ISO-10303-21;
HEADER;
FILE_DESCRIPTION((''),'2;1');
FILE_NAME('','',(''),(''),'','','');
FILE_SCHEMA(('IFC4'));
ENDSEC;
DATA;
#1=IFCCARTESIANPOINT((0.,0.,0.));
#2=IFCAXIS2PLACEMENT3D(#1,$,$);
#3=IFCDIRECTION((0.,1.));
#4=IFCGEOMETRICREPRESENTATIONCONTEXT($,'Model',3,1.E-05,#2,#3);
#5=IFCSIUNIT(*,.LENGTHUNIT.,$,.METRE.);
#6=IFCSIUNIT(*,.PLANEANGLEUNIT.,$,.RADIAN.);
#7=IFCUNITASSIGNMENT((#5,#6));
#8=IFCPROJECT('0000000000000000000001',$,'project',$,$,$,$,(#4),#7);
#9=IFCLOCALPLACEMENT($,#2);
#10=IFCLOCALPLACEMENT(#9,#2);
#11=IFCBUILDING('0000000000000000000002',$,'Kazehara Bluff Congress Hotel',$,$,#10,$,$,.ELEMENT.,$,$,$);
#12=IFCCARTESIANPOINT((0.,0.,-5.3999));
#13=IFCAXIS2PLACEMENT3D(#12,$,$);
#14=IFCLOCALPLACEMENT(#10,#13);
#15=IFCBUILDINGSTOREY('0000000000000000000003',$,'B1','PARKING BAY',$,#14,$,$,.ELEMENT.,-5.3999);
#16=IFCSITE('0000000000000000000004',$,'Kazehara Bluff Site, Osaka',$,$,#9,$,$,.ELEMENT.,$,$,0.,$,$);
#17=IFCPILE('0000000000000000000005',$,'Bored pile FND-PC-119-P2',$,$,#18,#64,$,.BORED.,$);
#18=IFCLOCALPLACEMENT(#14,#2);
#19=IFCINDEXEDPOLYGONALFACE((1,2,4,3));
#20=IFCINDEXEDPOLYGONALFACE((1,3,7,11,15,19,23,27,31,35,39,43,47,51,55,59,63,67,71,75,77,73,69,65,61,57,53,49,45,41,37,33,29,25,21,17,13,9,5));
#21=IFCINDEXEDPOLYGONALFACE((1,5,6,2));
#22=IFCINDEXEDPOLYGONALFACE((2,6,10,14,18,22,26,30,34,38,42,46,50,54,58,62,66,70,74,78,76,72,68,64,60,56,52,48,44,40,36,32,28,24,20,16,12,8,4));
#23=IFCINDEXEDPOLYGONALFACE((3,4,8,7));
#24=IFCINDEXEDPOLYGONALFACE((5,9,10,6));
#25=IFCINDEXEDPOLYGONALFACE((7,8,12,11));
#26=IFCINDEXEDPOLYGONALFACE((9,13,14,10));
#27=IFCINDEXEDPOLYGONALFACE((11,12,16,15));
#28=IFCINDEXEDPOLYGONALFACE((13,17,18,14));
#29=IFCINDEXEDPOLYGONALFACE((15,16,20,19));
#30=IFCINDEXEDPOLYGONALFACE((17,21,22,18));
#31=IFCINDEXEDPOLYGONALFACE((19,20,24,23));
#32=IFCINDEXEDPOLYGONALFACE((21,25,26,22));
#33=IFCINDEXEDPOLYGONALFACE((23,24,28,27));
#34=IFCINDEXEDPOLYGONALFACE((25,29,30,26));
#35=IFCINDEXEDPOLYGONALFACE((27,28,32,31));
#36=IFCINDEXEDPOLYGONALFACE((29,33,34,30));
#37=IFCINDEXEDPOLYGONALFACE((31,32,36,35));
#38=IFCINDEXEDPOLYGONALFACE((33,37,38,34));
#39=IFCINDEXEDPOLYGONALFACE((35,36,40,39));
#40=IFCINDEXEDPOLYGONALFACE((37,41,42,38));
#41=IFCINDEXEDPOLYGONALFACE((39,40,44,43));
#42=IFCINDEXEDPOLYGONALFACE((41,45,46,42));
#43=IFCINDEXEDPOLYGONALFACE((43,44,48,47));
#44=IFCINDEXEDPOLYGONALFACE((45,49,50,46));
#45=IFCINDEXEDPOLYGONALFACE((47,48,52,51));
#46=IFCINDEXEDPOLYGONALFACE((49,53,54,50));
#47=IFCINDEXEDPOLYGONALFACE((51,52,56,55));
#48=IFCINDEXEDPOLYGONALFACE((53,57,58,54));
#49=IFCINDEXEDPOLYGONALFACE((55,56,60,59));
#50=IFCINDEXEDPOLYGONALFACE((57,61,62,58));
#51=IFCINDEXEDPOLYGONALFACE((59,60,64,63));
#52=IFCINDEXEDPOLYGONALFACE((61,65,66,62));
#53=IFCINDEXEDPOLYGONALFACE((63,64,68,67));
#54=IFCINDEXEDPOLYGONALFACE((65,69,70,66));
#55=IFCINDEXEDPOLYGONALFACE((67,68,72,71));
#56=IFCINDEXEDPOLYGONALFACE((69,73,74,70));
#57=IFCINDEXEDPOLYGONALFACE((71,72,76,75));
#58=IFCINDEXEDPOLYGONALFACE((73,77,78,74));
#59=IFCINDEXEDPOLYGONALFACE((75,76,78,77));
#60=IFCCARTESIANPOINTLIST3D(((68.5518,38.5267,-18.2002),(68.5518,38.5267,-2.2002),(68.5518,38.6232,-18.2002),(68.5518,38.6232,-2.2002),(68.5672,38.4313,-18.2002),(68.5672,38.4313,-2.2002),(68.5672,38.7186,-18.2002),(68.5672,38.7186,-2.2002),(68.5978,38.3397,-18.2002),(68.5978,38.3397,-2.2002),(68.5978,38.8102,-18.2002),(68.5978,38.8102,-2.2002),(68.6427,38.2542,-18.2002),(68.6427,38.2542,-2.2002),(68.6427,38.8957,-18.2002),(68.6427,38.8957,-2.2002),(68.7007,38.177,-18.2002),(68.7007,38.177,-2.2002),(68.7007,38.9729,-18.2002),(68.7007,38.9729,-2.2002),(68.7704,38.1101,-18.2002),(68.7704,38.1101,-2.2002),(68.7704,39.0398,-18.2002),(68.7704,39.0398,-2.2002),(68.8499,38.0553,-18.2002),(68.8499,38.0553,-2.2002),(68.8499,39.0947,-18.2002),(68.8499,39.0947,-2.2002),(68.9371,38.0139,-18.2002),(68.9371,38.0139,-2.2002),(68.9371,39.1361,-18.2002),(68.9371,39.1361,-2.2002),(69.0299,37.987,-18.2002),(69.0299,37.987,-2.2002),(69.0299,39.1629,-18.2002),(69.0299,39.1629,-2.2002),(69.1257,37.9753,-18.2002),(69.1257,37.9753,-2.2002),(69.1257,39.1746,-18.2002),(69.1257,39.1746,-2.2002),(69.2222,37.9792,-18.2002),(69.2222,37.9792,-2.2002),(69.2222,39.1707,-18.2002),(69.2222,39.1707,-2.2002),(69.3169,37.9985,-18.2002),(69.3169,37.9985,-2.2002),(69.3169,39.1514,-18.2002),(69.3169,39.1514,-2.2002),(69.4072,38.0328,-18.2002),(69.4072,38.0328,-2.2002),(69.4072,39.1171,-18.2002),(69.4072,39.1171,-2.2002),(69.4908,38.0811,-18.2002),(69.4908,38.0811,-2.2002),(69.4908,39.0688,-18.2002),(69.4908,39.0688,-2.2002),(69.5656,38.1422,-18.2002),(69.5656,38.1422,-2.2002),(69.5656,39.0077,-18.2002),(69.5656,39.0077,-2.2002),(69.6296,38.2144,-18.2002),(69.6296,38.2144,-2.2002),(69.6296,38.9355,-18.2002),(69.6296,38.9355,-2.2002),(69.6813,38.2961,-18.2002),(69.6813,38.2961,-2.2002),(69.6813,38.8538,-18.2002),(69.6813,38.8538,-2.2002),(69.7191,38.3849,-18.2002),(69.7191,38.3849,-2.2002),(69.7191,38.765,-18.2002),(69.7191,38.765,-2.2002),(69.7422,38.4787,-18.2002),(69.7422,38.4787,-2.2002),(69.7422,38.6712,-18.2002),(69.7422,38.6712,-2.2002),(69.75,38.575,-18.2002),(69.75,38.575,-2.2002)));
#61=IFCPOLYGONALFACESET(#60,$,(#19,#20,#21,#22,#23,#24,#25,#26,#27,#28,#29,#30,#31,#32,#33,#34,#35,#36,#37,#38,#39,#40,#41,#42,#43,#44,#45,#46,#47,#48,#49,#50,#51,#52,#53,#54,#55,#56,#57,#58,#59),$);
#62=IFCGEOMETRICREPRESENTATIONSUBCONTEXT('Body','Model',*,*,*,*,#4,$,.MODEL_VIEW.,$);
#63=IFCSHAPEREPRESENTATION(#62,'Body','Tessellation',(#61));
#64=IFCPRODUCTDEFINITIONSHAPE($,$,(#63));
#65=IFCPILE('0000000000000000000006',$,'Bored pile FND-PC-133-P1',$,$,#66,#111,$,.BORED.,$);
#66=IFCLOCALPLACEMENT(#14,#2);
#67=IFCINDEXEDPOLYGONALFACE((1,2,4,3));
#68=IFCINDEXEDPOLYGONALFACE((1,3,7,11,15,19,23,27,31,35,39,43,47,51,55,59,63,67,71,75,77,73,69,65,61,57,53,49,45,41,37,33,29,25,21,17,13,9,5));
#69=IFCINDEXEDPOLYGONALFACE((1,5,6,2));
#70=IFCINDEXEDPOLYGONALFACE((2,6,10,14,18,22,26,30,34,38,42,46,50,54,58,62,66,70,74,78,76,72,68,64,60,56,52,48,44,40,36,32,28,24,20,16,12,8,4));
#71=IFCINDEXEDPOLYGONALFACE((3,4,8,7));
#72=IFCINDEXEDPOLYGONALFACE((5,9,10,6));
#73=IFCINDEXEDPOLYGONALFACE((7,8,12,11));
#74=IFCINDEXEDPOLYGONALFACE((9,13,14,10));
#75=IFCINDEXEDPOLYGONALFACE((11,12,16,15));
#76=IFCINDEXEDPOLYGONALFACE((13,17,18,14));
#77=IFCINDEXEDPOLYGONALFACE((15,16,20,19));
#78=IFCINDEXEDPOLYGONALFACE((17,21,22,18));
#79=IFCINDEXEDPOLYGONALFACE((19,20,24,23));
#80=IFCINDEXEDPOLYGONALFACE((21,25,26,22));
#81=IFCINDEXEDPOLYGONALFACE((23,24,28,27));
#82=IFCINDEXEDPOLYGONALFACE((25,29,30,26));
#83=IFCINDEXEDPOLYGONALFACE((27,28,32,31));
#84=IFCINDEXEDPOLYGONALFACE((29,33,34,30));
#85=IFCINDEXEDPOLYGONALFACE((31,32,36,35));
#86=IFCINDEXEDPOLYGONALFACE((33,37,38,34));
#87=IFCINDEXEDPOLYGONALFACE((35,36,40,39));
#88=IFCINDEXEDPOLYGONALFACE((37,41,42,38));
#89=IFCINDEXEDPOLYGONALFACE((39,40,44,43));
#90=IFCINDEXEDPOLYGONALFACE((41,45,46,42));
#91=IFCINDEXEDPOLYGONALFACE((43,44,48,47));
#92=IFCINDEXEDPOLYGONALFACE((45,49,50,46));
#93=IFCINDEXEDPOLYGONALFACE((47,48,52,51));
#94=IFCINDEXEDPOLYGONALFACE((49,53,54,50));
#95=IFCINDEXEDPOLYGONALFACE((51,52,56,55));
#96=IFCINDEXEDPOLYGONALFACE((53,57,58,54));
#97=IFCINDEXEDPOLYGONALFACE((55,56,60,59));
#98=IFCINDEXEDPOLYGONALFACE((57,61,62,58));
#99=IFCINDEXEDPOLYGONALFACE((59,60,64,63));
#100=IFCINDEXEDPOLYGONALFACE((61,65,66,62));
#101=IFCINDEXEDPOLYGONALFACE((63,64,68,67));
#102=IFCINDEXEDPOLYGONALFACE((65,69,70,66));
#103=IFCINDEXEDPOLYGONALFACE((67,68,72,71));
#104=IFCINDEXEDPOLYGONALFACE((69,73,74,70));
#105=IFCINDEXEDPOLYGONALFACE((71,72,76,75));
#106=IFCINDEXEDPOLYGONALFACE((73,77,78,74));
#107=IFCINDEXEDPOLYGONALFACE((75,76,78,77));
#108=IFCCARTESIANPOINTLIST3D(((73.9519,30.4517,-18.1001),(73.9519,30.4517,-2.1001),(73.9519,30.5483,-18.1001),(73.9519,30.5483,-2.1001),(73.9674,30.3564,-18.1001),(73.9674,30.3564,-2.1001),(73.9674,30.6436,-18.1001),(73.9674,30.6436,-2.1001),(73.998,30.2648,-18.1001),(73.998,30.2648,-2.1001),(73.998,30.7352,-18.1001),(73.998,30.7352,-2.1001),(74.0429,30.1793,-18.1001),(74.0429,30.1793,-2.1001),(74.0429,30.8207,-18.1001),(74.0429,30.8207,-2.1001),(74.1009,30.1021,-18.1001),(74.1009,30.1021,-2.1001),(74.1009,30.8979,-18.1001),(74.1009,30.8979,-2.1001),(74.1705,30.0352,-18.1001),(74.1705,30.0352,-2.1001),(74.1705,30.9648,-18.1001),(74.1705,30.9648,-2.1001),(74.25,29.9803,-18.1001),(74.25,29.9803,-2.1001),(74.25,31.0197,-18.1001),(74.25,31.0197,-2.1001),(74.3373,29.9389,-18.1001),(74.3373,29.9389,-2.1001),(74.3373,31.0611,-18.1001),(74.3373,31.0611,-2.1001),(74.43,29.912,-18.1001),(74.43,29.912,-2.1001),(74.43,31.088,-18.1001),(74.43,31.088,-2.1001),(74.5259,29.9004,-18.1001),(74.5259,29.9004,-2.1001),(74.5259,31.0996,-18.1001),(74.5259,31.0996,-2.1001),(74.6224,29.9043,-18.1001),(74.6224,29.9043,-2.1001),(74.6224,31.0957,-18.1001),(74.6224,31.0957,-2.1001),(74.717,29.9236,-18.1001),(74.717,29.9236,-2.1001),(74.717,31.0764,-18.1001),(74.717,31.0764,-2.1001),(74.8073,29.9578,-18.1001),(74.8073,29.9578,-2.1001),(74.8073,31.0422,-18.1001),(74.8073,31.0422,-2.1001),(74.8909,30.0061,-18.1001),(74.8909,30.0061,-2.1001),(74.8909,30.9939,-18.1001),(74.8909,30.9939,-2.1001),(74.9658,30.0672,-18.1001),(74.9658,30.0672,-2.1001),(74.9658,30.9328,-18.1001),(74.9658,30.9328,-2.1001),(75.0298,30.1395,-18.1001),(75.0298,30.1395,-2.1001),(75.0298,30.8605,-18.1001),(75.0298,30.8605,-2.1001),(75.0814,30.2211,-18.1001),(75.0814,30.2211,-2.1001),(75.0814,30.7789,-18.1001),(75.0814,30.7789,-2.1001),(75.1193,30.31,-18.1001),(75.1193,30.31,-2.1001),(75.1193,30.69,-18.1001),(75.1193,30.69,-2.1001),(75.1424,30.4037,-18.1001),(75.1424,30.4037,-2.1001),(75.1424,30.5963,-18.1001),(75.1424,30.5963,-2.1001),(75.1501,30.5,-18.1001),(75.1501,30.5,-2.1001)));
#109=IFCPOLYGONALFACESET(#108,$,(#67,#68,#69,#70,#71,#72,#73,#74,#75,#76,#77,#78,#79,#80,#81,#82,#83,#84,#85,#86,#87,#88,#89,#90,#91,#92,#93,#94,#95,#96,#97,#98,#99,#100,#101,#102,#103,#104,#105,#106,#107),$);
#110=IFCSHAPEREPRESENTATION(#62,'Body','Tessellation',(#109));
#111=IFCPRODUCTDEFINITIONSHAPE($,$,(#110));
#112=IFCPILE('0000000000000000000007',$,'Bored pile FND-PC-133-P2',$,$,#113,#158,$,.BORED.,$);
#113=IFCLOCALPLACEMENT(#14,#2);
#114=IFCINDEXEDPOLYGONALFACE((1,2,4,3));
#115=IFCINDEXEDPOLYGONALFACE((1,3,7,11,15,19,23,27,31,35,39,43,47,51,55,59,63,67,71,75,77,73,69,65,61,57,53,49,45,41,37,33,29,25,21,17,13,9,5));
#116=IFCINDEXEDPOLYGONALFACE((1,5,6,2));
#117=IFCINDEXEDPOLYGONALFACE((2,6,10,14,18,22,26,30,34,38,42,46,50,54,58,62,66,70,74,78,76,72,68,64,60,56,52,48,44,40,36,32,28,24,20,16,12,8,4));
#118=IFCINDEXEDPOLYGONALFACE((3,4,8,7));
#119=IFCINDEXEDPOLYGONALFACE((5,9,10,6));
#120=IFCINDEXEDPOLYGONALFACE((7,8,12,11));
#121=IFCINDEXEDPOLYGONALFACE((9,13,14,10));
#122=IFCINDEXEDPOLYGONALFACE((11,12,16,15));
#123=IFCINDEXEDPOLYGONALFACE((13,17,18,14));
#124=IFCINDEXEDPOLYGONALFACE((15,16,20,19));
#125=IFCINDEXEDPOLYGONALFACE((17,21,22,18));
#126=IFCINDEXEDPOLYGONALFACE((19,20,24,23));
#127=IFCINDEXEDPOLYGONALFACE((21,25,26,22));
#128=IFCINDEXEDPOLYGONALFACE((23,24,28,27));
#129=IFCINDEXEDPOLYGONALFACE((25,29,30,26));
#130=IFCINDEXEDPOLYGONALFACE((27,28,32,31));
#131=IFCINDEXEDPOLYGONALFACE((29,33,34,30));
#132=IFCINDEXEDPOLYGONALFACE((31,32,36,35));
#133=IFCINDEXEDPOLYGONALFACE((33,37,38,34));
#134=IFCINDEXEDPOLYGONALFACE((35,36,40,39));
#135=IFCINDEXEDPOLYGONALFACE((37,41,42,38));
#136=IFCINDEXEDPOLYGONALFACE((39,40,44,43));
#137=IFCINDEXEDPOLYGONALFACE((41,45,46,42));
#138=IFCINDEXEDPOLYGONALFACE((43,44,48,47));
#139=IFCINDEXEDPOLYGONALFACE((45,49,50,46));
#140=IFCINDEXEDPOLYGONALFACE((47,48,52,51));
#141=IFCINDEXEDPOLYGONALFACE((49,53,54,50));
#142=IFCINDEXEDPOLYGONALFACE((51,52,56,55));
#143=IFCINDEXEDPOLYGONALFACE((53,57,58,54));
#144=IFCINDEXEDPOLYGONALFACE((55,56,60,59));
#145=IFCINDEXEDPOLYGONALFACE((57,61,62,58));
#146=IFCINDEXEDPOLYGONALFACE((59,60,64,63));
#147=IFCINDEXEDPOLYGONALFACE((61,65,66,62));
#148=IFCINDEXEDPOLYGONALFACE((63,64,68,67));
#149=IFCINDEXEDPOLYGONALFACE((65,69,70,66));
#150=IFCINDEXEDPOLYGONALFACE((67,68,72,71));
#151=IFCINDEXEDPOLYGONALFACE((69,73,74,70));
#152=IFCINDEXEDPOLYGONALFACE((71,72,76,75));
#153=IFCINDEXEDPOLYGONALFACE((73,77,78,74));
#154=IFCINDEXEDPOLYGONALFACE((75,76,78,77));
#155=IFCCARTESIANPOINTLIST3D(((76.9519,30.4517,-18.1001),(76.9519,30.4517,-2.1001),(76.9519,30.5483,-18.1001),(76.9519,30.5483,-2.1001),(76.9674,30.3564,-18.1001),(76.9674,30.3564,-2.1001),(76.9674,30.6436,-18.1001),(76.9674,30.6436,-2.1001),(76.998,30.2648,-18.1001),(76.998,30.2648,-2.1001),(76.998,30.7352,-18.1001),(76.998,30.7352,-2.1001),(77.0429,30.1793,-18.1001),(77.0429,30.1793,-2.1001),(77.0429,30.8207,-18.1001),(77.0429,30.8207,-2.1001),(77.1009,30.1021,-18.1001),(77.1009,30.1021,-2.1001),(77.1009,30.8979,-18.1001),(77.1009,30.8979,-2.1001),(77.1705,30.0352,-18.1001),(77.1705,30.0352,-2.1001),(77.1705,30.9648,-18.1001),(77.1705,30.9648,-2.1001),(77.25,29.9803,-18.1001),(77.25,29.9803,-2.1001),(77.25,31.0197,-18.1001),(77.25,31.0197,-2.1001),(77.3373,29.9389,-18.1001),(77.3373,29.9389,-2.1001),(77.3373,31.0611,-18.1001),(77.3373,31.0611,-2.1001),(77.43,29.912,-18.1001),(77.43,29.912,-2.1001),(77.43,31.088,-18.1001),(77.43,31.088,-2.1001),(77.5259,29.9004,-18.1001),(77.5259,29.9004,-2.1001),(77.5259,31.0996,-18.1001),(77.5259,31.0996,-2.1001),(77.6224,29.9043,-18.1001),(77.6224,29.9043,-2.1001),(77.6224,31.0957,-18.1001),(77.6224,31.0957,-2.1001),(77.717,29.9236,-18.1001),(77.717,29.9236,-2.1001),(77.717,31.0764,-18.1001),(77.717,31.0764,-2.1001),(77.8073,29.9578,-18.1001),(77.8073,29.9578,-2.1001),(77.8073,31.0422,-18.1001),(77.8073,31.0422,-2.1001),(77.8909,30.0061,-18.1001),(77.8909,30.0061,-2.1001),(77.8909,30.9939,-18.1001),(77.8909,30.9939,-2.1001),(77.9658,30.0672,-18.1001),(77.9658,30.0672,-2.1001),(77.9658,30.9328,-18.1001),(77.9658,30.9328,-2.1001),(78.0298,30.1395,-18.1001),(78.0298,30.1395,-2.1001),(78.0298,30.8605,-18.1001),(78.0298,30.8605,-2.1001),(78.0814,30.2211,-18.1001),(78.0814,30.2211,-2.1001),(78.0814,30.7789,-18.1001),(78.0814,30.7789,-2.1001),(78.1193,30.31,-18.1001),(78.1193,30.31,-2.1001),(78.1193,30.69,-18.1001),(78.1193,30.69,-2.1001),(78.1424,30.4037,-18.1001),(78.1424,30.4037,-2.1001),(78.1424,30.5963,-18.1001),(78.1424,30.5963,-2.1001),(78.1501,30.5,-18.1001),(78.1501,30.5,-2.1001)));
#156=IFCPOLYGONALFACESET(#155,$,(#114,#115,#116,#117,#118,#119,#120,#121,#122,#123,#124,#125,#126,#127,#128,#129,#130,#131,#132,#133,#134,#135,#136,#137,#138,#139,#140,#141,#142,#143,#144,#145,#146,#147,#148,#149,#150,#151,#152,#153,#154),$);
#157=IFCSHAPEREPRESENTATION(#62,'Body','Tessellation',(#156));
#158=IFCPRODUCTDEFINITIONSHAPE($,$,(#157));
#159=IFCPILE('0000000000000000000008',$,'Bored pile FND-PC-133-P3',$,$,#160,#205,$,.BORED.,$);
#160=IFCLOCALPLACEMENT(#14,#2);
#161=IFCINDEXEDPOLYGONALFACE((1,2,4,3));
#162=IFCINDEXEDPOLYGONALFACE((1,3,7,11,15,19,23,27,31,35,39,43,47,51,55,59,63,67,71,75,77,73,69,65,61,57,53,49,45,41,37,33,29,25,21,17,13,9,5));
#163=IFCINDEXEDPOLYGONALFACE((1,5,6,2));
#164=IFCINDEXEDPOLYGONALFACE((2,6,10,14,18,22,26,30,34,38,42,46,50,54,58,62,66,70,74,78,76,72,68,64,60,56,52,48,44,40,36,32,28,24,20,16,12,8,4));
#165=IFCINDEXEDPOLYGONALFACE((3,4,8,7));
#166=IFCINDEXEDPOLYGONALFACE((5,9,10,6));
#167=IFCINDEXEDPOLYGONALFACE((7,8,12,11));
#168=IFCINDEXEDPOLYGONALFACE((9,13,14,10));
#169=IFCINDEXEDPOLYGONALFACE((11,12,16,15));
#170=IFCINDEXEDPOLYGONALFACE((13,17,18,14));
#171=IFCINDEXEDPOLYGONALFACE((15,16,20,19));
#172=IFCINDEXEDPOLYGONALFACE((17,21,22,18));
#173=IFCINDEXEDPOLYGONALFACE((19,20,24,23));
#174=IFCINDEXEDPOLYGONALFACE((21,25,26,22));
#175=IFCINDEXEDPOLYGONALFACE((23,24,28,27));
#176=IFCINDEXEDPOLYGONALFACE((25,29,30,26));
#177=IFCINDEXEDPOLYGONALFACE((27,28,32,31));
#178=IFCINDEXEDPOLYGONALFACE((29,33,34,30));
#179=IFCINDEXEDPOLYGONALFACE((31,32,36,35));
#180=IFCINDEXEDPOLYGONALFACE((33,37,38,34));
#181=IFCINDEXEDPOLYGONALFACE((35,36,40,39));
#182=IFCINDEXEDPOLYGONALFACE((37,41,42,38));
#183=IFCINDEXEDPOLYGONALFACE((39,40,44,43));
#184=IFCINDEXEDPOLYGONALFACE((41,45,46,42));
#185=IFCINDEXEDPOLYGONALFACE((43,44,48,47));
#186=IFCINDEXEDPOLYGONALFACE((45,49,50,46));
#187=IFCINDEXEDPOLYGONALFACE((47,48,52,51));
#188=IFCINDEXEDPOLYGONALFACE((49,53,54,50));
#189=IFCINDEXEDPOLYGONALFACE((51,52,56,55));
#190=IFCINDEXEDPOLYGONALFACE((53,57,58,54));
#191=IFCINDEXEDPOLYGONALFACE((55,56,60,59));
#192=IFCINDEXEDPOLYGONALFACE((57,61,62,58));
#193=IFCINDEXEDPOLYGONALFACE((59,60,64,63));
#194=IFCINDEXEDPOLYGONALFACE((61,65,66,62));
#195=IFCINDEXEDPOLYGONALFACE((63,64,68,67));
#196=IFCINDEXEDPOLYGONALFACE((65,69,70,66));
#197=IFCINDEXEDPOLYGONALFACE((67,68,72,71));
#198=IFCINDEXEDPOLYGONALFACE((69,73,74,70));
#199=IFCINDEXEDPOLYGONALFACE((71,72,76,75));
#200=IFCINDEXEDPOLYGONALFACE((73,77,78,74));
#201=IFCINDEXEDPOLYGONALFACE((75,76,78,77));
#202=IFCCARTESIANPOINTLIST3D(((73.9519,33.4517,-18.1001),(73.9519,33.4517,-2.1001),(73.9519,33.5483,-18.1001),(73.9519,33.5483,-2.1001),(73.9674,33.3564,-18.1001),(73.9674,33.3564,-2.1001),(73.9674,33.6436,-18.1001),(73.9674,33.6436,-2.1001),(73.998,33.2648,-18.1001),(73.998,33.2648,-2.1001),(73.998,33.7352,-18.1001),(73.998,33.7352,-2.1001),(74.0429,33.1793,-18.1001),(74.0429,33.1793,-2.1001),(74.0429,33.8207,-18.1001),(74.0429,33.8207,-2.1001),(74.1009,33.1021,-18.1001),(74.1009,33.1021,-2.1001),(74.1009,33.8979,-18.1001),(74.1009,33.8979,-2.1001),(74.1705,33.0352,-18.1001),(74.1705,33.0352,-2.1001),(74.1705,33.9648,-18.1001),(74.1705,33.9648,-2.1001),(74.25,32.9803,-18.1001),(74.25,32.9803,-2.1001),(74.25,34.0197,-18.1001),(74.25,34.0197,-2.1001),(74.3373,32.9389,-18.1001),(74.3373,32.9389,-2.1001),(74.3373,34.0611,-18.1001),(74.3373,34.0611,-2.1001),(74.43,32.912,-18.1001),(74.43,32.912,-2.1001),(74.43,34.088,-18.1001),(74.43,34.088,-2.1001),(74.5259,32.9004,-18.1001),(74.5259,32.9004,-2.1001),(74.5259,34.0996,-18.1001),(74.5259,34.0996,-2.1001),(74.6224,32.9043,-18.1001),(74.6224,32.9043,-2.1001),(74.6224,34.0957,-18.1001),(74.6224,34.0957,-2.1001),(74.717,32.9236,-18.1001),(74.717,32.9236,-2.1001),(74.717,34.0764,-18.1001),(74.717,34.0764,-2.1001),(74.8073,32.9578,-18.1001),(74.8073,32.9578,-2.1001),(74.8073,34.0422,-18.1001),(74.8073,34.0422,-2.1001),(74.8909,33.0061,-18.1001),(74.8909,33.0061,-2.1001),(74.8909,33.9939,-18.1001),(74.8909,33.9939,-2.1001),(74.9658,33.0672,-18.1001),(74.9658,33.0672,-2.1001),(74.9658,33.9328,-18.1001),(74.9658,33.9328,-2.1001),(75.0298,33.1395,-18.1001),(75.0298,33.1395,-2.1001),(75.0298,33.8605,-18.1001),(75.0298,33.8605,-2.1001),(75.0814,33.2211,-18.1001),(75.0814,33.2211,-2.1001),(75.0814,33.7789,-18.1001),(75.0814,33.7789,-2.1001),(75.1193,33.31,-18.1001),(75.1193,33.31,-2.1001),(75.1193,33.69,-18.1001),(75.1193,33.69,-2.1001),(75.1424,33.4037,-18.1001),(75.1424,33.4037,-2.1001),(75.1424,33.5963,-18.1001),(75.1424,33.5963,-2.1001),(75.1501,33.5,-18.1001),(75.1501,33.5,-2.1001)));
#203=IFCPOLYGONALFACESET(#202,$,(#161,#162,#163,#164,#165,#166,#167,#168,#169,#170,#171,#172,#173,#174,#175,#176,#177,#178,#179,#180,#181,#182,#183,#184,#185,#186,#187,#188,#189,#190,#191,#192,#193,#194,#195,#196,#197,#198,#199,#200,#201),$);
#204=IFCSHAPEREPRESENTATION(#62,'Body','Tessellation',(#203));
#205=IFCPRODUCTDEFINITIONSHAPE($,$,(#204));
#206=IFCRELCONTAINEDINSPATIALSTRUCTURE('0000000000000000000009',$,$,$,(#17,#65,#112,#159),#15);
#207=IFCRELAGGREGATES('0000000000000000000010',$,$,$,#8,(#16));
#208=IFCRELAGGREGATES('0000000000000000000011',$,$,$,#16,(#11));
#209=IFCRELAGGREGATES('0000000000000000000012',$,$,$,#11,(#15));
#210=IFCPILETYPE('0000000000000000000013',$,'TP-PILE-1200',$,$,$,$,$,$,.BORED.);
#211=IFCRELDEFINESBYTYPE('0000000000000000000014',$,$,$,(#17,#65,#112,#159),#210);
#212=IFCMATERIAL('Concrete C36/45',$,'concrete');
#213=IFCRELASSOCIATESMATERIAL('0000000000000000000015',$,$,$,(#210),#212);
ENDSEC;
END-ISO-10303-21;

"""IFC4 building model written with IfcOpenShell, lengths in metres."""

from ifc_helpers import new_model, si_unit, direction, frame, origin, origin_2d, place, context, subcontext, project, spatial, circle, extrude, material, material_profile, profile_set, type_object, element, save


model = new_model("IFC4")

# Units and contexts
model_context = context("Model", 3, precision=1e-05, world=origin(), true_north=direction((0.0, 1.0)))
body_context = subcontext(model_context, "Body", "Model", "MODEL_VIEW")
ifc_project = project(units=[si_unit("LENGTHUNIT", "METRE"), si_unit("PLANEANGLEUNIT", "RADIAN")], contexts=[model_context])

# Site, building, storey
site_placement = place(None, origin())
site = spatial("IfcSite", under=ifc_project, at=site_placement, Name="Kazehara Bluff Site, Osaka", CompositionType="ELEMENT", RefElevation=0.0)
building_placement = place(site_placement, origin())
building = spatial("IfcBuilding", under=site, at=building_placement, Name="Kazehara Bluff Congress Hotel", CompositionType="ELEMENT")
storey_placement = place(building_placement, frame((0.0, 0.0, -5.3999)))
storey = spatial("IfcBuildingStorey", under=building, at=storey_placement, Name="B1", Description="PARKING BAY", CompositionType="ELEMENT", Elevation=-5.3999)

# Piles
ifc_material_1 = material(Name="Concrete C36/45", Category="concrete")
ifc_material_profile_1 = material_profile(ifc_material_1, circle(Radius=0.6001, at=origin_2d()))
ifc_profile_set_1 = profile_set([ifc_material_profile_1], Name="Concrete C36/45")
pile_type = type_object("IfcPileType", Name="TP-PILE-1200", PredefinedType="BORED", material=ifc_profile_set_1)
for number, where, z_axis, x_axis, name in (
    (1, (69.1499, 38.575, -2.2002), (0.0, 0.0, -1.0), (1.0, 0.0, 0.0), "Bored pile FND-PC-119-P2"),
    (2, (74.55, 30.5, -2.1001), (0.0, 0.0, -1.0), (1.0, 0.0, 0.0), "Bored pile FND-PC-133-P1"),
    (3, (77.55, 30.5, -2.1001), (0.0, 0.0, -1.0), (1.0, 0.0, 0.0), "Bored pile FND-PC-133-P2"),
    (4, (74.55, 33.5, -2.1001), (0.0, 0.0, -1.0), (1.0, 0.0, 0.0), "Bored pile FND-PC-133-P3"),
):
    element("IfcPile", number, at=place(storey_placement, frame(where, z_axis=z_axis, x_axis=x_axis)), inside=storey, type_object=pile_type, Name=name, PredefinedType="BORED", context=body_context, shape_type="SweptSolid", body=[
        extrude(circle(Radius=0.6001, at=origin_2d()), origin(), (0.0, 0.0, 1.0), 16.0),
    ])

save(model, "model.ifc")
